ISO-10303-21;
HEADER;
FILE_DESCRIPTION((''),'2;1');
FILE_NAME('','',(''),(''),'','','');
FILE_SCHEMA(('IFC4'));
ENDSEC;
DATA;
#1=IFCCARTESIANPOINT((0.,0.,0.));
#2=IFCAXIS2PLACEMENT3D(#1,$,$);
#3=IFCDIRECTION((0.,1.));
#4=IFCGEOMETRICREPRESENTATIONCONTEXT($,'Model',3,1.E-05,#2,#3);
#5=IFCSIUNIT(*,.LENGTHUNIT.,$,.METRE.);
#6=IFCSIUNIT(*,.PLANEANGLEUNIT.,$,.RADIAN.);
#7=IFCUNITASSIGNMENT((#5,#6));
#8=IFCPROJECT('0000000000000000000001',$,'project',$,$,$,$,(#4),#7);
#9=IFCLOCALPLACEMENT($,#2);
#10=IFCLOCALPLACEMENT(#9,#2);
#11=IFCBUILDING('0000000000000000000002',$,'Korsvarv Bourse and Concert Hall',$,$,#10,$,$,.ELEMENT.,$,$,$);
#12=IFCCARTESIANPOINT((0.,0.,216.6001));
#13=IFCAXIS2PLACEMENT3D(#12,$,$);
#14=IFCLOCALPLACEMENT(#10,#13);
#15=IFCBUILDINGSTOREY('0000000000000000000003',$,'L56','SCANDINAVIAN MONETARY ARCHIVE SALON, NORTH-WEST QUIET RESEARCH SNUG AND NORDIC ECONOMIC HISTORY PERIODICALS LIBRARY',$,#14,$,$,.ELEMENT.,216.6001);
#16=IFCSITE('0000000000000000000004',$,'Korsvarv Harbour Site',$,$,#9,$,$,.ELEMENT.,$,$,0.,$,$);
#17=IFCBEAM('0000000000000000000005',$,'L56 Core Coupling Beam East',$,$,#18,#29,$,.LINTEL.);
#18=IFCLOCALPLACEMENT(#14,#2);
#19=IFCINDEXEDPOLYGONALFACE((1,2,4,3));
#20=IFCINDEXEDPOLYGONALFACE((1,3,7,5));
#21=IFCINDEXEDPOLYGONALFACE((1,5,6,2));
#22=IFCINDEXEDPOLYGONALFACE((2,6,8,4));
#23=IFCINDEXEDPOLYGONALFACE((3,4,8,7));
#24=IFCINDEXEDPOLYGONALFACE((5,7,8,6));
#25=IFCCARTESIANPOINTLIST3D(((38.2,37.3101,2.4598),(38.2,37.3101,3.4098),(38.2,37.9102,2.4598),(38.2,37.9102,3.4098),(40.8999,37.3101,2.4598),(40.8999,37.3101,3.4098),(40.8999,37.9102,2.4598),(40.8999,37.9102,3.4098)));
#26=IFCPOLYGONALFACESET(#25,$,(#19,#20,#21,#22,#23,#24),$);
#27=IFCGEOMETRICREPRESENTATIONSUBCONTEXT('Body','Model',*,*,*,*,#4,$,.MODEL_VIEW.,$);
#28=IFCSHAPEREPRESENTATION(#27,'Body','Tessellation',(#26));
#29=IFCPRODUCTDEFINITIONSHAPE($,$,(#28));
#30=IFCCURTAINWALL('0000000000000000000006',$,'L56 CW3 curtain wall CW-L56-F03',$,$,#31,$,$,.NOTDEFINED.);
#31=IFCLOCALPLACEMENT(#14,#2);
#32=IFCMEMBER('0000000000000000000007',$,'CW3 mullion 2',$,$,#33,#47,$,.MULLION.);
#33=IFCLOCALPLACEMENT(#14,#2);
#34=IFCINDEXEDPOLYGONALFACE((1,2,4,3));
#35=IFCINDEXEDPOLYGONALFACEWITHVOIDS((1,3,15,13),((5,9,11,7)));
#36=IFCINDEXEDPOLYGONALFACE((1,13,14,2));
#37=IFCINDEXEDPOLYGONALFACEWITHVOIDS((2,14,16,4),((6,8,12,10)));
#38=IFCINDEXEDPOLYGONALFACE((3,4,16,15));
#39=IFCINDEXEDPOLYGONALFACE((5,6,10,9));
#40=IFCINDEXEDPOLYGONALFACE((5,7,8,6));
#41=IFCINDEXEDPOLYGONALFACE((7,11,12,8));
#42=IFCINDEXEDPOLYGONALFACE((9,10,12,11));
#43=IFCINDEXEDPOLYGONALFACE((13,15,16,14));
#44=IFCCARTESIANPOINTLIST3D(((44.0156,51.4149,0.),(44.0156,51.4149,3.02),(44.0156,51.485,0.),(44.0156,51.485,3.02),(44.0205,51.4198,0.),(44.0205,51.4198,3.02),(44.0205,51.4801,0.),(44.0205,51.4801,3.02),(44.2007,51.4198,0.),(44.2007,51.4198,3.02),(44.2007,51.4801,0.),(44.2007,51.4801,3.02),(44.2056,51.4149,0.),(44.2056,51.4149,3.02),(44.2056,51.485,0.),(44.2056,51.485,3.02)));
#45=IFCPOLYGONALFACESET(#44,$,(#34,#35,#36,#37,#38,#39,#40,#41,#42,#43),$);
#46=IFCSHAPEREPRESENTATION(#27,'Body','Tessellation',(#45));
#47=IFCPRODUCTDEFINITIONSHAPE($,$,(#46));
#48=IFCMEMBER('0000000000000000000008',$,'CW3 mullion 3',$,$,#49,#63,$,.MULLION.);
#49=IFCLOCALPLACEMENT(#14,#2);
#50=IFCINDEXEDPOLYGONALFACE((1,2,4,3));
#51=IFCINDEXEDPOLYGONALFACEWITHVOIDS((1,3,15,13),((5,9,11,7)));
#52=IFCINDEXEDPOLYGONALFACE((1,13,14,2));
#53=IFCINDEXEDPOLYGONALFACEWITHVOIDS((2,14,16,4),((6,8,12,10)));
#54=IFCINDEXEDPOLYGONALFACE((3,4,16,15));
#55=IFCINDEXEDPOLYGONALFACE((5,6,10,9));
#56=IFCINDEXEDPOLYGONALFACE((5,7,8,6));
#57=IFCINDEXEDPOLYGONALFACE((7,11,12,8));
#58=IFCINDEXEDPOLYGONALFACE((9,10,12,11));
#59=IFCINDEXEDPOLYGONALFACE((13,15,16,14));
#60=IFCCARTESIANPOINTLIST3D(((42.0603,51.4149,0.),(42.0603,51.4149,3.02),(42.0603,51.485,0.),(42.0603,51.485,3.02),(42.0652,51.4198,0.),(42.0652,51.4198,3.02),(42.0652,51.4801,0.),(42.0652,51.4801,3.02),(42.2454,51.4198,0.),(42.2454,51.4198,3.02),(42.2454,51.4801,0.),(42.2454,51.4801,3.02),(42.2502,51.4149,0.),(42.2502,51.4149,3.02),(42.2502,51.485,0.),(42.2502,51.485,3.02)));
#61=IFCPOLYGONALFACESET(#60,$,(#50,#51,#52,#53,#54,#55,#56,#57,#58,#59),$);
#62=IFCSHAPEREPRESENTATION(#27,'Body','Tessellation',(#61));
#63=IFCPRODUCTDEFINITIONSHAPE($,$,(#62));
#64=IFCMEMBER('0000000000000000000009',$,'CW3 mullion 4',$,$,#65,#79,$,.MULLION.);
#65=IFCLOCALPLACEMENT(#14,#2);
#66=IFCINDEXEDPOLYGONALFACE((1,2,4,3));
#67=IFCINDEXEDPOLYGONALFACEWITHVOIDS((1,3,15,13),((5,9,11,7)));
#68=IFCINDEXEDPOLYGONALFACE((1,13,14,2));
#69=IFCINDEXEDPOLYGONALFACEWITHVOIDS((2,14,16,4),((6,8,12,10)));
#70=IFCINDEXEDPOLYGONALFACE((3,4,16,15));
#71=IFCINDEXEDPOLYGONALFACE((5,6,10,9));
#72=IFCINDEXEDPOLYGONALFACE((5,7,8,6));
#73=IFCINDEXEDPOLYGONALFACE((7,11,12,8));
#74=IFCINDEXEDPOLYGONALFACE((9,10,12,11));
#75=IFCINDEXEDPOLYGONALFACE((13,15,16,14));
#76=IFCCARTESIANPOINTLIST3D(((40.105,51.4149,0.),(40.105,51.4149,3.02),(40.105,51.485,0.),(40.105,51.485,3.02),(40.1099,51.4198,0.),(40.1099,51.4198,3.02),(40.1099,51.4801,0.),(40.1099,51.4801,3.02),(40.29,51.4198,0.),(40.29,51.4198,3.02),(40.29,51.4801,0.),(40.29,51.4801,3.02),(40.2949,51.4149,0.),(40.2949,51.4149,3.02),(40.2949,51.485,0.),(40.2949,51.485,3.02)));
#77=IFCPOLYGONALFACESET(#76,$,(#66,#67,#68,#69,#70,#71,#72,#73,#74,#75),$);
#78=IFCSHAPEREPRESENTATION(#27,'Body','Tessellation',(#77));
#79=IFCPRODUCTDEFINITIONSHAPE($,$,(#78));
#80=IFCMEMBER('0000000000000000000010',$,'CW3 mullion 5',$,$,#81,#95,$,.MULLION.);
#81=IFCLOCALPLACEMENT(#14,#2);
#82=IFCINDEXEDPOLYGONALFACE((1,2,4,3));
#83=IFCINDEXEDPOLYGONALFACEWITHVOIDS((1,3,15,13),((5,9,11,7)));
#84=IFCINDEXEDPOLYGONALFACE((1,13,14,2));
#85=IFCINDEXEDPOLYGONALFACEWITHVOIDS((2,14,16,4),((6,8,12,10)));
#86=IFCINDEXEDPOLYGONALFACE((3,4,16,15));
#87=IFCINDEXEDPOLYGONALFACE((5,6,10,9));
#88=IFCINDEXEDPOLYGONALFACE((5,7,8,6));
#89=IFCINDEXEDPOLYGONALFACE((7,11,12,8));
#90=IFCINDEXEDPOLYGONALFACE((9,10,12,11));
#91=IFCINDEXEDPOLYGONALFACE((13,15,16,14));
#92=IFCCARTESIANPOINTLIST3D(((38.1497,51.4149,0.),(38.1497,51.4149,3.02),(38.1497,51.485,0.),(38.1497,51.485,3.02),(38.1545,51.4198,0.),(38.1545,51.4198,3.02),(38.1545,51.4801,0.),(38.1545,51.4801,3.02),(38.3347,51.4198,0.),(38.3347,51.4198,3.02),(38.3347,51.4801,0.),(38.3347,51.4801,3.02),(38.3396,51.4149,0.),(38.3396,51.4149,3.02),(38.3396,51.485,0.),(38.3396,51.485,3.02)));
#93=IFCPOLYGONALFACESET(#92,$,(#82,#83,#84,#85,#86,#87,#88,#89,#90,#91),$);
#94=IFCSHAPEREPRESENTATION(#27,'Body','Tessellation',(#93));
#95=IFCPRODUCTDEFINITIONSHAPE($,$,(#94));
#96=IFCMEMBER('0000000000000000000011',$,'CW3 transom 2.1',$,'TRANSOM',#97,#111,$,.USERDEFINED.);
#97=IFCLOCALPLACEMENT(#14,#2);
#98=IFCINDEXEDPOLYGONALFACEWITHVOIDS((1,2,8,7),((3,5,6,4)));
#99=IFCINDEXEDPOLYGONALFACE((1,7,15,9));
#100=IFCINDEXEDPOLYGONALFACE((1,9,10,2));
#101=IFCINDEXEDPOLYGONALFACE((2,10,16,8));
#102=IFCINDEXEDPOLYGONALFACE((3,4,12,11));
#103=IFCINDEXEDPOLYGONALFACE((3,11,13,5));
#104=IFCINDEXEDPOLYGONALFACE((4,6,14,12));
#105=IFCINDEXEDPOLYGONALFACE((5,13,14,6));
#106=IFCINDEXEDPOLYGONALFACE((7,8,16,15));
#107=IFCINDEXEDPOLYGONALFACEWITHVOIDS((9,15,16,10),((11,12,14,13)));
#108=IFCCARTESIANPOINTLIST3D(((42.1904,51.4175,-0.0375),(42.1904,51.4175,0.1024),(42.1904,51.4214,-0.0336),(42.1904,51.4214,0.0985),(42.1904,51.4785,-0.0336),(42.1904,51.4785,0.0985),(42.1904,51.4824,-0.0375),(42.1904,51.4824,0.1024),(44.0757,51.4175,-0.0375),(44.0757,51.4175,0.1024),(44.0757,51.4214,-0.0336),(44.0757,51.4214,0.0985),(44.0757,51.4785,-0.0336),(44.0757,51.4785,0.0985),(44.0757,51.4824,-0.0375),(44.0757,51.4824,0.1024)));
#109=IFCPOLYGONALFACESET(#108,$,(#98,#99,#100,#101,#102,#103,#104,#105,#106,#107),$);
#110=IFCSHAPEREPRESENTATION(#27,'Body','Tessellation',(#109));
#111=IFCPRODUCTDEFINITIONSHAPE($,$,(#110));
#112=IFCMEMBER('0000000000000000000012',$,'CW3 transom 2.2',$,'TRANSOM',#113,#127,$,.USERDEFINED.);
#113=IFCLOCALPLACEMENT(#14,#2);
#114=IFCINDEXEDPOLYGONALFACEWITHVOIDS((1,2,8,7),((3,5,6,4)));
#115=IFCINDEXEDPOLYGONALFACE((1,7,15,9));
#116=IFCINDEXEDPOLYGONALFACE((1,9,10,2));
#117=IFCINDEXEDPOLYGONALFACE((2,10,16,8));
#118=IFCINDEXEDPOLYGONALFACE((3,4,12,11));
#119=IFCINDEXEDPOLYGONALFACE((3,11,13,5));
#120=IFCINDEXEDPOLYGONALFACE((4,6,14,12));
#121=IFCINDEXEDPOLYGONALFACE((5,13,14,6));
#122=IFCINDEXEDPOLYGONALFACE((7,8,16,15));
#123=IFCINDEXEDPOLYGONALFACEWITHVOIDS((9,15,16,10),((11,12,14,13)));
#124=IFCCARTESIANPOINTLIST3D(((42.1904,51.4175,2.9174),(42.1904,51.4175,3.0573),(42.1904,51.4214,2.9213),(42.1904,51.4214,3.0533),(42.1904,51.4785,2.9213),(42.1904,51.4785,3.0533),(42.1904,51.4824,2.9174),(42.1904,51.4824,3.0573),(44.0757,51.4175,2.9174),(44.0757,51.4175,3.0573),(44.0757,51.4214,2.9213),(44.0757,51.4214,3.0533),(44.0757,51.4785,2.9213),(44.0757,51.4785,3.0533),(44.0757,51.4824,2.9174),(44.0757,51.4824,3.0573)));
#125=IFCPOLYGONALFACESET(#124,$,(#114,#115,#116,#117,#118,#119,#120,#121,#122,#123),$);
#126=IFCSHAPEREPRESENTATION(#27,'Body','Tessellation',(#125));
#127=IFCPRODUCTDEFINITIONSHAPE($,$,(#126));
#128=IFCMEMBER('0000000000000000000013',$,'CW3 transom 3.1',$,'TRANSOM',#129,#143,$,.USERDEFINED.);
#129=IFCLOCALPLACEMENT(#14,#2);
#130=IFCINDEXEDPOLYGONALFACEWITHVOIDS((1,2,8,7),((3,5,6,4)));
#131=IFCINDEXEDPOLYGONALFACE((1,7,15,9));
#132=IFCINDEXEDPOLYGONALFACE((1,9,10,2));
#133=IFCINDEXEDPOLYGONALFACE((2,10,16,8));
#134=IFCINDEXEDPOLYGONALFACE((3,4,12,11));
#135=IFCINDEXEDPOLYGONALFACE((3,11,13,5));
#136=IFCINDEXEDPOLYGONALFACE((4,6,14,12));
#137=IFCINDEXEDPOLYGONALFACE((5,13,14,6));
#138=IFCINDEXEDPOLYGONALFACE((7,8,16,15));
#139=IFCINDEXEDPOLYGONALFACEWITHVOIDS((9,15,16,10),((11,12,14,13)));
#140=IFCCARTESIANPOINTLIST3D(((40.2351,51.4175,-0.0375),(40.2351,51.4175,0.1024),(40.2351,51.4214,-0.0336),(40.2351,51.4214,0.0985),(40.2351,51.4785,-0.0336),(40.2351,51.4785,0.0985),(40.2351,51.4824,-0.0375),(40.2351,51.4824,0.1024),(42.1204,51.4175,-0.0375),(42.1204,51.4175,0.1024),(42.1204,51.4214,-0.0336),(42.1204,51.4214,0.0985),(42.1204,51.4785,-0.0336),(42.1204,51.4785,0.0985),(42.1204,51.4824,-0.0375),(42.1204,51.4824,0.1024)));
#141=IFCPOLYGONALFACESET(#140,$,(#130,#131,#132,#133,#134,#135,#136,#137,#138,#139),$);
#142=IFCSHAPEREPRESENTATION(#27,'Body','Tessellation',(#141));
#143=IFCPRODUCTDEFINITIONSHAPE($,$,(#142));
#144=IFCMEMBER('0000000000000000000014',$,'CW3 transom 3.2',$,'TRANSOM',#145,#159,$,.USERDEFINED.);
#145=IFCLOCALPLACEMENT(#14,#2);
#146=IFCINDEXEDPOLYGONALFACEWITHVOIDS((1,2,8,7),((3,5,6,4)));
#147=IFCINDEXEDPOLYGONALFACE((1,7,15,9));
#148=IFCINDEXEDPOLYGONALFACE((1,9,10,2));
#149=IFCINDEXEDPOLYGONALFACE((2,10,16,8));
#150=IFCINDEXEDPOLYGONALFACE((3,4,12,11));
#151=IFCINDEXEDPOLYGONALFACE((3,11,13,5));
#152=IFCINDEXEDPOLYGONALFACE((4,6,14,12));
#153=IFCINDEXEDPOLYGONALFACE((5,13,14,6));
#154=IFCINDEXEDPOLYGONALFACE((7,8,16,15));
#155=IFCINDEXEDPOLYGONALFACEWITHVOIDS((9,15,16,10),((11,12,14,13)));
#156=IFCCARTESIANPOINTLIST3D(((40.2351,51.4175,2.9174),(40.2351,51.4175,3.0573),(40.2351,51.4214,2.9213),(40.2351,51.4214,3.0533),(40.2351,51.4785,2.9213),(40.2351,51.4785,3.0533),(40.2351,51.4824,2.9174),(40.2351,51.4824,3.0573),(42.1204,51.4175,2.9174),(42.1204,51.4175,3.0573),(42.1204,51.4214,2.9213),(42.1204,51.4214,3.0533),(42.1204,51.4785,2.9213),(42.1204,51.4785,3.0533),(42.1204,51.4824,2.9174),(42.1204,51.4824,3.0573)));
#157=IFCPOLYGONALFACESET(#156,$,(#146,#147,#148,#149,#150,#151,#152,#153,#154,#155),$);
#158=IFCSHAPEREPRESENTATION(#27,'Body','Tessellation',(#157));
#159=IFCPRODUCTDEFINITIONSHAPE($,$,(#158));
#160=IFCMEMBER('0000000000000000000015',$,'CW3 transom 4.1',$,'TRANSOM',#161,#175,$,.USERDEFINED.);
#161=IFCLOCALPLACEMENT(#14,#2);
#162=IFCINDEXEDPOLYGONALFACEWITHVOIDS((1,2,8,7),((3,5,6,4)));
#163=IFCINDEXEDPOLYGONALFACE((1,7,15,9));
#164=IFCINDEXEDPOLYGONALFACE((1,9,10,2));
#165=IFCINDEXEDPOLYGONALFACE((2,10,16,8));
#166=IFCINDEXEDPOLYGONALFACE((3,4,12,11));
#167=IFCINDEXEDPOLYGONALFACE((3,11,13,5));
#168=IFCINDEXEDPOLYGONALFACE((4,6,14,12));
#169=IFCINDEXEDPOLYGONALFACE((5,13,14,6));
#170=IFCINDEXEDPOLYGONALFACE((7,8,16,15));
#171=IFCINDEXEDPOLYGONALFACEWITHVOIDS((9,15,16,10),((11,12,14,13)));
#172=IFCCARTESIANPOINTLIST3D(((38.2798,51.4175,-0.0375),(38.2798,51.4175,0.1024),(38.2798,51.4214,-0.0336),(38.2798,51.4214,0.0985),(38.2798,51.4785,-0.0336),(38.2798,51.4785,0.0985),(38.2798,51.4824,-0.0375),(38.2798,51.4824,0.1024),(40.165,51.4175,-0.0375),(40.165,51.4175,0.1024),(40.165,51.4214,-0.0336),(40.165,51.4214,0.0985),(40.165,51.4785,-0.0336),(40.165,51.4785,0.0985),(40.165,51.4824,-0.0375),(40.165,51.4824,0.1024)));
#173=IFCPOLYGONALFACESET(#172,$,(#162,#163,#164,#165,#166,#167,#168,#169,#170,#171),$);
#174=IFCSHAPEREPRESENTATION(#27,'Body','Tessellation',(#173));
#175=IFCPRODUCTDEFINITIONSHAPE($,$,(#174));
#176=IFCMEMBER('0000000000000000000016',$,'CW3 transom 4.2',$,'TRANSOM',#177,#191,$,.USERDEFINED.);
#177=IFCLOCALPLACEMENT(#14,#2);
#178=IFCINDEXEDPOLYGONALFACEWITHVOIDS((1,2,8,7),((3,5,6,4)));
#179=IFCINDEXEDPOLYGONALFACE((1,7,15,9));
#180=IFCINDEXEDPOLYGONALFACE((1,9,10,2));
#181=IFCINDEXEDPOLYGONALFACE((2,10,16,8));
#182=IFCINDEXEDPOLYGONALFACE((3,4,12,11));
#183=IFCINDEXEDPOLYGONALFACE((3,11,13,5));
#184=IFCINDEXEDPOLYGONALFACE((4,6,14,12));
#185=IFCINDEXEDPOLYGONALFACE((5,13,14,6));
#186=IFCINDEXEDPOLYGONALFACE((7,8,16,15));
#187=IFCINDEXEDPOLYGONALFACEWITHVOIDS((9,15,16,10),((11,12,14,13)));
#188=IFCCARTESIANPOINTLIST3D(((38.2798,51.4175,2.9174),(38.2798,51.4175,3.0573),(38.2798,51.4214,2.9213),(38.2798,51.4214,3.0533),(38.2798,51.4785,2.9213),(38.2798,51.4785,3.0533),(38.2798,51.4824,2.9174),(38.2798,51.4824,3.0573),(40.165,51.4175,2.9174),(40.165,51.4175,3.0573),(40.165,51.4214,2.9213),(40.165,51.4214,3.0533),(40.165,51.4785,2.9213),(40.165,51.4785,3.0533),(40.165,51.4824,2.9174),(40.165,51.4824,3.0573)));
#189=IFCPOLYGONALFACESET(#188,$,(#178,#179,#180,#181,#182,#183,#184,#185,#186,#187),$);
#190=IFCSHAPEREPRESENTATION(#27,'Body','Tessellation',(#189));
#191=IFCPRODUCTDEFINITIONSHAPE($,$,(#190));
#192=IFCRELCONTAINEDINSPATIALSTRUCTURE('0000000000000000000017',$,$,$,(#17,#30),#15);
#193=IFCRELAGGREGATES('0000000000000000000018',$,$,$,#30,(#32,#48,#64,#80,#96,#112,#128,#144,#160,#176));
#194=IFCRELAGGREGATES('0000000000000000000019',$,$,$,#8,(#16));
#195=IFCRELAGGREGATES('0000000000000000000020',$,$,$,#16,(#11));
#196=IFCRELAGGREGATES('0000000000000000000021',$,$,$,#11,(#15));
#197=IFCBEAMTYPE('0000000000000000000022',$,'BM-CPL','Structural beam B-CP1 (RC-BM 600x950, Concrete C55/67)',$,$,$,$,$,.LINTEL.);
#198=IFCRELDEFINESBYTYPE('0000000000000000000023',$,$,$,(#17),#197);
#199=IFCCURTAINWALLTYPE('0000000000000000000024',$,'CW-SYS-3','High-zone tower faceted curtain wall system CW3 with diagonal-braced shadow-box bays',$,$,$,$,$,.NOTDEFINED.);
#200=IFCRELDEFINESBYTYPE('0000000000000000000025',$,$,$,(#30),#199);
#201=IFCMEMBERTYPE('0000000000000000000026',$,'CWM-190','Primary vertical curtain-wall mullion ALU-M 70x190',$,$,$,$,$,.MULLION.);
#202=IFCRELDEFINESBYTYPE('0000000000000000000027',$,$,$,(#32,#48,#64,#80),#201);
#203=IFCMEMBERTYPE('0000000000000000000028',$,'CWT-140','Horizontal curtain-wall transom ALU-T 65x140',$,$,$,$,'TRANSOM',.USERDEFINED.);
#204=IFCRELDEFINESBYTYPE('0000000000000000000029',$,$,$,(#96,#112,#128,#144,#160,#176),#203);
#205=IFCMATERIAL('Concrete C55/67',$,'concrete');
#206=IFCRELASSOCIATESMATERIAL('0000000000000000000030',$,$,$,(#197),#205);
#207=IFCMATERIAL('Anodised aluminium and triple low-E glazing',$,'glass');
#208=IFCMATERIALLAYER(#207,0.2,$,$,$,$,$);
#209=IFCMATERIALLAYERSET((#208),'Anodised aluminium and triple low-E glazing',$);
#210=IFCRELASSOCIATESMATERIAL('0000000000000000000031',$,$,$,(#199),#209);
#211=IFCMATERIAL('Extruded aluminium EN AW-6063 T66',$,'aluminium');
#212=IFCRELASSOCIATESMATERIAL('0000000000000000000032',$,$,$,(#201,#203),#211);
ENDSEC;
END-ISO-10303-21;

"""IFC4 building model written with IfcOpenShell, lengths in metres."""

from ifc_helpers import new_model, si_unit, direction, frame, origin, origin_2d, place, context, subcontext, project, spatial, rectangle, hollow_rectangle, extrude, source, transform, mapped, material, layer, layer_set, material_profile, profile_set, type_object, element, aggregate, save


model = new_model("IFC4")

# Units and contexts
model_context = context("Model", 3, precision=1e-05, world=origin(), true_north=direction((0.0, 1.0)))
body_context = subcontext(model_context, "Body", "Model", "MODEL_VIEW")
ifc_project = project(units=[si_unit("LENGTHUNIT", "METRE"), si_unit("PLANEANGLEUNIT", "RADIAN")], contexts=[model_context])

# Site, building, storey
site_placement = place(None, origin())
site = spatial("IfcSite", under=ifc_project, at=site_placement, Name="Korsvarv Harbour Site", CompositionType="ELEMENT", RefElevation=0.0)
building_placement = place(site_placement, origin())
building = spatial("IfcBuilding", under=site, at=building_placement, Name="Korsvarv Bourse and Concert Hall", CompositionType="ELEMENT")
storey_placement = place(building_placement, frame((0.0, 0.0, 216.6001)))
storey = spatial("IfcBuildingStorey", under=building, at=storey_placement, Name="L56", Description="SCANDINAVIAN MONETARY ARCHIVE SALON, NORTH-WEST QUIET RESEARCH SNUG AND NORDIC ECONOMIC HISTORY PERIODICALS LIBRARY", CompositionType="ELEMENT", Elevation=216.6001)

# Beam
ifc_material_1 = material(Name="Concrete C55/67", Category="concrete")
ifc_material_profile_1 = material_profile(ifc_material_1, rectangle(XDim=0.6001, YDim=0.95, at=origin_2d()), Name="RC-BM 600x950")
ifc_profile_set_1 = profile_set([ifc_material_profile_1], Name="Concrete C55/67")
beam_type = type_object("IfcBeamType", Name="BM-CPL", Description="Structural beam B-CP1 (RC-BM 600x950, Concrete C55/67)", PredefinedType="LINTEL", material=ifc_profile_set_1)
shared_shape_1 = source(origin(), body_context, "Body", "SweptSolid", [
    extrude(rectangle(XDim=0.6001, YDim=0.95, at=origin_2d()), origin(), (0.0, 0.0, 1.0), 2.7),
])
beam_placement = place(storey_placement, frame((38.2, 37.6101, 2.9348), z_axis=(1.0, 0.0, 0.0), x_axis=(0.0, 1.0, 0.0)))
element("IfcBeam", 1, at=beam_placement, inside=storey, type_object=beam_type, Name="L56 Core Coupling Beam East", PredefinedType="LINTEL", context=body_context, shape_type="MappedRepresentation", body=[
    mapped(shared_shape_1, transform((0.0, 0.0, 0.0), scale=1.0)),
])

# Curtain wall, members
ifc_material_2 = material(Name="Anodised aluminium and triple low-E glazing", Category="glass")
ifc_layer_1 = layer(ifc_material_2, 0.2)
ifc_layer_set_1 = layer_set([ifc_layer_1], Name="Anodised aluminium and triple low-E glazing")
curtain_wall_type = type_object("IfcCurtainWallType", Name="CW-SYS-3", Description="High-zone tower faceted curtain wall system CW3 with diagonal-braced shadow-box bays", PredefinedType="NOTDEFINED", material=ifc_layer_set_1)
curtain_wall_placement = place(storey_placement, origin())
curtain_wall = element("IfcCurtainWall", 2, at=curtain_wall_placement, inside=storey, type_object=curtain_wall_type, Name="L56 CW3 curtain wall CW-L56-F03", PredefinedType="NOTDEFINED")
ifc_material_3 = material(Name="Extruded aluminium EN AW-6063 T66", Category="aluminium")
ifc_material_profile_2 = material_profile(ifc_material_3, hollow_rectangle(XDim=0.0701, YDim=0.1899, WallThickness=0.0049, at=origin_2d()), Name="ALU-M 70x190")
ifc_profile_set_2 = profile_set([ifc_material_profile_2], Name="Extruded aluminium EN AW-6063 T66")
member_type_1 = type_object("IfcMemberType", Name="CWM-190", Description="Primary vertical curtain-wall mullion ALU-M 70x190", PredefinedType="MULLION", material=ifc_profile_set_2)
shared_shape_2 = source(origin(), body_context, "Body", "SweptSolid", [
    extrude(hollow_rectangle(XDim=0.0701, YDim=0.1899, WallThickness=0.0049, at=origin_2d()), origin(), (0.0, 0.0, 1.0), 3.02),
])
member_1_placement = place(storey_placement, frame((44.1106, 51.45, 0.0), z_axis=(0.0, 0.0, 1.0), x_axis=(0.0, -1.0, 0.0)))
member_1 = element("IfcMember", 3, at=member_1_placement, type_object=member_type_1, Name="CW3 mullion 2", PredefinedType="MULLION", context=body_context, shape_type="MappedRepresentation", body=[
    mapped(shared_shape_2, transform((0.0, 0.0, 0.0), scale=1.0)),
])
member_2_placement = place(storey_placement, frame((42.1553, 51.45, 0.0), z_axis=(0.0, 0.0, 1.0), x_axis=(0.0, -1.0, 0.0)))
member_2 = element("IfcMember", 4, at=member_2_placement, type_object=member_type_1, Name="CW3 mullion 3", PredefinedType="MULLION", context=body_context, shape_type="MappedRepresentation", body=[
    mapped(shared_shape_2, transform((0.0, 0.0, 0.0), scale=1.0)),
])
member_3_placement = place(storey_placement, frame((40.2, 51.45, 0.0), z_axis=(0.0, 0.0, 1.0), x_axis=(0.0, -1.0, 0.0)))
member_3 = element("IfcMember", 5, at=member_3_placement, type_object=member_type_1, Name="CW3 mullion 4", PredefinedType="MULLION", context=body_context, shape_type="MappedRepresentation", body=[
    mapped(shared_shape_2, transform((0.0, 0.0, 0.0), scale=1.0)),
])
member_4_placement = place(storey_placement, frame((38.2446, 51.45, 0.0), z_axis=(0.0, 0.0, 1.0), x_axis=(0.0, -1.0, 0.0)))
member_4 = element("IfcMember", 6, at=member_4_placement, type_object=member_type_1, Name="CW3 mullion 5", PredefinedType="MULLION", context=body_context, shape_type="MappedRepresentation", body=[
    mapped(shared_shape_2, transform((0.0, 0.0, 0.0), scale=1.0)),
])
ifc_material_profile_3 = material_profile(ifc_material_3, hollow_rectangle(XDim=0.0649, YDim=0.1399, WallThickness=0.0039, at=origin_2d()), Name="ALU-T 65x140")
ifc_profile_set_3 = profile_set([ifc_material_profile_3], Name="Extruded aluminium EN AW-6063 T66")
member_type_2 = type_object("IfcMemberType", Name="CWT-140", Description="Horizontal curtain-wall transom ALU-T 65x140", ElementType="TRANSOM", PredefinedType="USERDEFINED", material=ifc_profile_set_3)
shared_shape_3 = source(origin(), body_context, "Body", "SweptSolid", [
    extrude(hollow_rectangle(XDim=0.0649, YDim=0.1399, WallThickness=0.0039, at=origin_2d()), origin(), (0.0, 0.0, 1.0), 1.8853),
])
member_5_placement = place(storey_placement, frame((44.0757, 51.45, 0.0325), z_axis=(-1.0, 0.0, 0.0), x_axis=(0.0, -1.0, 0.0)))
member_5 = element("IfcMember", 7, at=member_5_placement, type_object=member_type_2, Name="CW3 transom 2.1", ObjectType="TRANSOM", PredefinedType="USERDEFINED", context=body_context, shape_type="MappedRepresentation", body=[
    mapped(shared_shape_3, transform((0.0, 0.0, 0.0), scale=1.0)),
])
member_6_placement = place(storey_placement, frame((44.0757, 51.45, 2.9873), z_axis=(-1.0, 0.0, 0.0), x_axis=(0.0, -1.0, 0.0)))
member_6 = element("IfcMember", 8, at=member_6_placement, type_object=member_type_2, Name="CW3 transom 2.2", ObjectType="TRANSOM", PredefinedType="USERDEFINED", context=body_context, shape_type="MappedRepresentation", body=[
    mapped(shared_shape_3, transform((0.0, 0.0, 0.0), scale=1.0)),
])
member_7_placement = place(storey_placement, frame((42.1204, 51.45, 0.0325), z_axis=(-1.0, 0.0, 0.0), x_axis=(0.0, -1.0, 0.0)))
member_7 = element("IfcMember", 9, at=member_7_placement, type_object=member_type_2, Name="CW3 transom 3.1", ObjectType="TRANSOM", PredefinedType="USERDEFINED", context=body_context, shape_type="MappedRepresentation", body=[
    mapped(shared_shape_3, transform((0.0, 0.0, 0.0), scale=1.0)),
])
member_8_placement = place(storey_placement, frame((42.1204, 51.45, 2.9873), z_axis=(-1.0, 0.0, 0.0), x_axis=(0.0, -1.0, 0.0)))
member_8 = element("IfcMember", 10, at=member_8_placement, type_object=member_type_2, Name="CW3 transom 3.2", ObjectType="TRANSOM", PredefinedType="USERDEFINED", context=body_context, shape_type="MappedRepresentation", body=[
    mapped(shared_shape_3, transform((0.0, 0.0, 0.0), scale=1.0)),
])
member_9_placement = place(storey_placement, frame((40.165, 51.45, 0.0325), z_axis=(-1.0, 0.0, 0.0), x_axis=(0.0, -1.0, 0.0)))
member_9 = element("IfcMember", 11, at=member_9_placement, type_object=member_type_2, Name="CW3 transom 4.1", ObjectType="TRANSOM", PredefinedType="USERDEFINED", context=body_context, shape_type="MappedRepresentation", body=[
    mapped(shared_shape_3, transform((0.0, 0.0, 0.0), scale=1.0)),
])
member_10_placement = place(storey_placement, frame((40.165, 51.45, 2.9873), z_axis=(-1.0, 0.0, 0.0), x_axis=(0.0, -1.0, 0.0)))
member_10 = element("IfcMember", 12, at=member_10_placement, type_object=member_type_2, Name="CW3 transom 4.2", ObjectType="TRANSOM", PredefinedType="USERDEFINED", context=body_context, shape_type="MappedRepresentation", body=[
    mapped(shared_shape_3, transform((0.0, 0.0, 0.0), scale=1.0)),
])
aggregate(curtain_wall, [member_1, member_2, member_3, member_4, member_5, member_6, member_7, member_8, member_9, member_10])

save(model, "model.ifc")
